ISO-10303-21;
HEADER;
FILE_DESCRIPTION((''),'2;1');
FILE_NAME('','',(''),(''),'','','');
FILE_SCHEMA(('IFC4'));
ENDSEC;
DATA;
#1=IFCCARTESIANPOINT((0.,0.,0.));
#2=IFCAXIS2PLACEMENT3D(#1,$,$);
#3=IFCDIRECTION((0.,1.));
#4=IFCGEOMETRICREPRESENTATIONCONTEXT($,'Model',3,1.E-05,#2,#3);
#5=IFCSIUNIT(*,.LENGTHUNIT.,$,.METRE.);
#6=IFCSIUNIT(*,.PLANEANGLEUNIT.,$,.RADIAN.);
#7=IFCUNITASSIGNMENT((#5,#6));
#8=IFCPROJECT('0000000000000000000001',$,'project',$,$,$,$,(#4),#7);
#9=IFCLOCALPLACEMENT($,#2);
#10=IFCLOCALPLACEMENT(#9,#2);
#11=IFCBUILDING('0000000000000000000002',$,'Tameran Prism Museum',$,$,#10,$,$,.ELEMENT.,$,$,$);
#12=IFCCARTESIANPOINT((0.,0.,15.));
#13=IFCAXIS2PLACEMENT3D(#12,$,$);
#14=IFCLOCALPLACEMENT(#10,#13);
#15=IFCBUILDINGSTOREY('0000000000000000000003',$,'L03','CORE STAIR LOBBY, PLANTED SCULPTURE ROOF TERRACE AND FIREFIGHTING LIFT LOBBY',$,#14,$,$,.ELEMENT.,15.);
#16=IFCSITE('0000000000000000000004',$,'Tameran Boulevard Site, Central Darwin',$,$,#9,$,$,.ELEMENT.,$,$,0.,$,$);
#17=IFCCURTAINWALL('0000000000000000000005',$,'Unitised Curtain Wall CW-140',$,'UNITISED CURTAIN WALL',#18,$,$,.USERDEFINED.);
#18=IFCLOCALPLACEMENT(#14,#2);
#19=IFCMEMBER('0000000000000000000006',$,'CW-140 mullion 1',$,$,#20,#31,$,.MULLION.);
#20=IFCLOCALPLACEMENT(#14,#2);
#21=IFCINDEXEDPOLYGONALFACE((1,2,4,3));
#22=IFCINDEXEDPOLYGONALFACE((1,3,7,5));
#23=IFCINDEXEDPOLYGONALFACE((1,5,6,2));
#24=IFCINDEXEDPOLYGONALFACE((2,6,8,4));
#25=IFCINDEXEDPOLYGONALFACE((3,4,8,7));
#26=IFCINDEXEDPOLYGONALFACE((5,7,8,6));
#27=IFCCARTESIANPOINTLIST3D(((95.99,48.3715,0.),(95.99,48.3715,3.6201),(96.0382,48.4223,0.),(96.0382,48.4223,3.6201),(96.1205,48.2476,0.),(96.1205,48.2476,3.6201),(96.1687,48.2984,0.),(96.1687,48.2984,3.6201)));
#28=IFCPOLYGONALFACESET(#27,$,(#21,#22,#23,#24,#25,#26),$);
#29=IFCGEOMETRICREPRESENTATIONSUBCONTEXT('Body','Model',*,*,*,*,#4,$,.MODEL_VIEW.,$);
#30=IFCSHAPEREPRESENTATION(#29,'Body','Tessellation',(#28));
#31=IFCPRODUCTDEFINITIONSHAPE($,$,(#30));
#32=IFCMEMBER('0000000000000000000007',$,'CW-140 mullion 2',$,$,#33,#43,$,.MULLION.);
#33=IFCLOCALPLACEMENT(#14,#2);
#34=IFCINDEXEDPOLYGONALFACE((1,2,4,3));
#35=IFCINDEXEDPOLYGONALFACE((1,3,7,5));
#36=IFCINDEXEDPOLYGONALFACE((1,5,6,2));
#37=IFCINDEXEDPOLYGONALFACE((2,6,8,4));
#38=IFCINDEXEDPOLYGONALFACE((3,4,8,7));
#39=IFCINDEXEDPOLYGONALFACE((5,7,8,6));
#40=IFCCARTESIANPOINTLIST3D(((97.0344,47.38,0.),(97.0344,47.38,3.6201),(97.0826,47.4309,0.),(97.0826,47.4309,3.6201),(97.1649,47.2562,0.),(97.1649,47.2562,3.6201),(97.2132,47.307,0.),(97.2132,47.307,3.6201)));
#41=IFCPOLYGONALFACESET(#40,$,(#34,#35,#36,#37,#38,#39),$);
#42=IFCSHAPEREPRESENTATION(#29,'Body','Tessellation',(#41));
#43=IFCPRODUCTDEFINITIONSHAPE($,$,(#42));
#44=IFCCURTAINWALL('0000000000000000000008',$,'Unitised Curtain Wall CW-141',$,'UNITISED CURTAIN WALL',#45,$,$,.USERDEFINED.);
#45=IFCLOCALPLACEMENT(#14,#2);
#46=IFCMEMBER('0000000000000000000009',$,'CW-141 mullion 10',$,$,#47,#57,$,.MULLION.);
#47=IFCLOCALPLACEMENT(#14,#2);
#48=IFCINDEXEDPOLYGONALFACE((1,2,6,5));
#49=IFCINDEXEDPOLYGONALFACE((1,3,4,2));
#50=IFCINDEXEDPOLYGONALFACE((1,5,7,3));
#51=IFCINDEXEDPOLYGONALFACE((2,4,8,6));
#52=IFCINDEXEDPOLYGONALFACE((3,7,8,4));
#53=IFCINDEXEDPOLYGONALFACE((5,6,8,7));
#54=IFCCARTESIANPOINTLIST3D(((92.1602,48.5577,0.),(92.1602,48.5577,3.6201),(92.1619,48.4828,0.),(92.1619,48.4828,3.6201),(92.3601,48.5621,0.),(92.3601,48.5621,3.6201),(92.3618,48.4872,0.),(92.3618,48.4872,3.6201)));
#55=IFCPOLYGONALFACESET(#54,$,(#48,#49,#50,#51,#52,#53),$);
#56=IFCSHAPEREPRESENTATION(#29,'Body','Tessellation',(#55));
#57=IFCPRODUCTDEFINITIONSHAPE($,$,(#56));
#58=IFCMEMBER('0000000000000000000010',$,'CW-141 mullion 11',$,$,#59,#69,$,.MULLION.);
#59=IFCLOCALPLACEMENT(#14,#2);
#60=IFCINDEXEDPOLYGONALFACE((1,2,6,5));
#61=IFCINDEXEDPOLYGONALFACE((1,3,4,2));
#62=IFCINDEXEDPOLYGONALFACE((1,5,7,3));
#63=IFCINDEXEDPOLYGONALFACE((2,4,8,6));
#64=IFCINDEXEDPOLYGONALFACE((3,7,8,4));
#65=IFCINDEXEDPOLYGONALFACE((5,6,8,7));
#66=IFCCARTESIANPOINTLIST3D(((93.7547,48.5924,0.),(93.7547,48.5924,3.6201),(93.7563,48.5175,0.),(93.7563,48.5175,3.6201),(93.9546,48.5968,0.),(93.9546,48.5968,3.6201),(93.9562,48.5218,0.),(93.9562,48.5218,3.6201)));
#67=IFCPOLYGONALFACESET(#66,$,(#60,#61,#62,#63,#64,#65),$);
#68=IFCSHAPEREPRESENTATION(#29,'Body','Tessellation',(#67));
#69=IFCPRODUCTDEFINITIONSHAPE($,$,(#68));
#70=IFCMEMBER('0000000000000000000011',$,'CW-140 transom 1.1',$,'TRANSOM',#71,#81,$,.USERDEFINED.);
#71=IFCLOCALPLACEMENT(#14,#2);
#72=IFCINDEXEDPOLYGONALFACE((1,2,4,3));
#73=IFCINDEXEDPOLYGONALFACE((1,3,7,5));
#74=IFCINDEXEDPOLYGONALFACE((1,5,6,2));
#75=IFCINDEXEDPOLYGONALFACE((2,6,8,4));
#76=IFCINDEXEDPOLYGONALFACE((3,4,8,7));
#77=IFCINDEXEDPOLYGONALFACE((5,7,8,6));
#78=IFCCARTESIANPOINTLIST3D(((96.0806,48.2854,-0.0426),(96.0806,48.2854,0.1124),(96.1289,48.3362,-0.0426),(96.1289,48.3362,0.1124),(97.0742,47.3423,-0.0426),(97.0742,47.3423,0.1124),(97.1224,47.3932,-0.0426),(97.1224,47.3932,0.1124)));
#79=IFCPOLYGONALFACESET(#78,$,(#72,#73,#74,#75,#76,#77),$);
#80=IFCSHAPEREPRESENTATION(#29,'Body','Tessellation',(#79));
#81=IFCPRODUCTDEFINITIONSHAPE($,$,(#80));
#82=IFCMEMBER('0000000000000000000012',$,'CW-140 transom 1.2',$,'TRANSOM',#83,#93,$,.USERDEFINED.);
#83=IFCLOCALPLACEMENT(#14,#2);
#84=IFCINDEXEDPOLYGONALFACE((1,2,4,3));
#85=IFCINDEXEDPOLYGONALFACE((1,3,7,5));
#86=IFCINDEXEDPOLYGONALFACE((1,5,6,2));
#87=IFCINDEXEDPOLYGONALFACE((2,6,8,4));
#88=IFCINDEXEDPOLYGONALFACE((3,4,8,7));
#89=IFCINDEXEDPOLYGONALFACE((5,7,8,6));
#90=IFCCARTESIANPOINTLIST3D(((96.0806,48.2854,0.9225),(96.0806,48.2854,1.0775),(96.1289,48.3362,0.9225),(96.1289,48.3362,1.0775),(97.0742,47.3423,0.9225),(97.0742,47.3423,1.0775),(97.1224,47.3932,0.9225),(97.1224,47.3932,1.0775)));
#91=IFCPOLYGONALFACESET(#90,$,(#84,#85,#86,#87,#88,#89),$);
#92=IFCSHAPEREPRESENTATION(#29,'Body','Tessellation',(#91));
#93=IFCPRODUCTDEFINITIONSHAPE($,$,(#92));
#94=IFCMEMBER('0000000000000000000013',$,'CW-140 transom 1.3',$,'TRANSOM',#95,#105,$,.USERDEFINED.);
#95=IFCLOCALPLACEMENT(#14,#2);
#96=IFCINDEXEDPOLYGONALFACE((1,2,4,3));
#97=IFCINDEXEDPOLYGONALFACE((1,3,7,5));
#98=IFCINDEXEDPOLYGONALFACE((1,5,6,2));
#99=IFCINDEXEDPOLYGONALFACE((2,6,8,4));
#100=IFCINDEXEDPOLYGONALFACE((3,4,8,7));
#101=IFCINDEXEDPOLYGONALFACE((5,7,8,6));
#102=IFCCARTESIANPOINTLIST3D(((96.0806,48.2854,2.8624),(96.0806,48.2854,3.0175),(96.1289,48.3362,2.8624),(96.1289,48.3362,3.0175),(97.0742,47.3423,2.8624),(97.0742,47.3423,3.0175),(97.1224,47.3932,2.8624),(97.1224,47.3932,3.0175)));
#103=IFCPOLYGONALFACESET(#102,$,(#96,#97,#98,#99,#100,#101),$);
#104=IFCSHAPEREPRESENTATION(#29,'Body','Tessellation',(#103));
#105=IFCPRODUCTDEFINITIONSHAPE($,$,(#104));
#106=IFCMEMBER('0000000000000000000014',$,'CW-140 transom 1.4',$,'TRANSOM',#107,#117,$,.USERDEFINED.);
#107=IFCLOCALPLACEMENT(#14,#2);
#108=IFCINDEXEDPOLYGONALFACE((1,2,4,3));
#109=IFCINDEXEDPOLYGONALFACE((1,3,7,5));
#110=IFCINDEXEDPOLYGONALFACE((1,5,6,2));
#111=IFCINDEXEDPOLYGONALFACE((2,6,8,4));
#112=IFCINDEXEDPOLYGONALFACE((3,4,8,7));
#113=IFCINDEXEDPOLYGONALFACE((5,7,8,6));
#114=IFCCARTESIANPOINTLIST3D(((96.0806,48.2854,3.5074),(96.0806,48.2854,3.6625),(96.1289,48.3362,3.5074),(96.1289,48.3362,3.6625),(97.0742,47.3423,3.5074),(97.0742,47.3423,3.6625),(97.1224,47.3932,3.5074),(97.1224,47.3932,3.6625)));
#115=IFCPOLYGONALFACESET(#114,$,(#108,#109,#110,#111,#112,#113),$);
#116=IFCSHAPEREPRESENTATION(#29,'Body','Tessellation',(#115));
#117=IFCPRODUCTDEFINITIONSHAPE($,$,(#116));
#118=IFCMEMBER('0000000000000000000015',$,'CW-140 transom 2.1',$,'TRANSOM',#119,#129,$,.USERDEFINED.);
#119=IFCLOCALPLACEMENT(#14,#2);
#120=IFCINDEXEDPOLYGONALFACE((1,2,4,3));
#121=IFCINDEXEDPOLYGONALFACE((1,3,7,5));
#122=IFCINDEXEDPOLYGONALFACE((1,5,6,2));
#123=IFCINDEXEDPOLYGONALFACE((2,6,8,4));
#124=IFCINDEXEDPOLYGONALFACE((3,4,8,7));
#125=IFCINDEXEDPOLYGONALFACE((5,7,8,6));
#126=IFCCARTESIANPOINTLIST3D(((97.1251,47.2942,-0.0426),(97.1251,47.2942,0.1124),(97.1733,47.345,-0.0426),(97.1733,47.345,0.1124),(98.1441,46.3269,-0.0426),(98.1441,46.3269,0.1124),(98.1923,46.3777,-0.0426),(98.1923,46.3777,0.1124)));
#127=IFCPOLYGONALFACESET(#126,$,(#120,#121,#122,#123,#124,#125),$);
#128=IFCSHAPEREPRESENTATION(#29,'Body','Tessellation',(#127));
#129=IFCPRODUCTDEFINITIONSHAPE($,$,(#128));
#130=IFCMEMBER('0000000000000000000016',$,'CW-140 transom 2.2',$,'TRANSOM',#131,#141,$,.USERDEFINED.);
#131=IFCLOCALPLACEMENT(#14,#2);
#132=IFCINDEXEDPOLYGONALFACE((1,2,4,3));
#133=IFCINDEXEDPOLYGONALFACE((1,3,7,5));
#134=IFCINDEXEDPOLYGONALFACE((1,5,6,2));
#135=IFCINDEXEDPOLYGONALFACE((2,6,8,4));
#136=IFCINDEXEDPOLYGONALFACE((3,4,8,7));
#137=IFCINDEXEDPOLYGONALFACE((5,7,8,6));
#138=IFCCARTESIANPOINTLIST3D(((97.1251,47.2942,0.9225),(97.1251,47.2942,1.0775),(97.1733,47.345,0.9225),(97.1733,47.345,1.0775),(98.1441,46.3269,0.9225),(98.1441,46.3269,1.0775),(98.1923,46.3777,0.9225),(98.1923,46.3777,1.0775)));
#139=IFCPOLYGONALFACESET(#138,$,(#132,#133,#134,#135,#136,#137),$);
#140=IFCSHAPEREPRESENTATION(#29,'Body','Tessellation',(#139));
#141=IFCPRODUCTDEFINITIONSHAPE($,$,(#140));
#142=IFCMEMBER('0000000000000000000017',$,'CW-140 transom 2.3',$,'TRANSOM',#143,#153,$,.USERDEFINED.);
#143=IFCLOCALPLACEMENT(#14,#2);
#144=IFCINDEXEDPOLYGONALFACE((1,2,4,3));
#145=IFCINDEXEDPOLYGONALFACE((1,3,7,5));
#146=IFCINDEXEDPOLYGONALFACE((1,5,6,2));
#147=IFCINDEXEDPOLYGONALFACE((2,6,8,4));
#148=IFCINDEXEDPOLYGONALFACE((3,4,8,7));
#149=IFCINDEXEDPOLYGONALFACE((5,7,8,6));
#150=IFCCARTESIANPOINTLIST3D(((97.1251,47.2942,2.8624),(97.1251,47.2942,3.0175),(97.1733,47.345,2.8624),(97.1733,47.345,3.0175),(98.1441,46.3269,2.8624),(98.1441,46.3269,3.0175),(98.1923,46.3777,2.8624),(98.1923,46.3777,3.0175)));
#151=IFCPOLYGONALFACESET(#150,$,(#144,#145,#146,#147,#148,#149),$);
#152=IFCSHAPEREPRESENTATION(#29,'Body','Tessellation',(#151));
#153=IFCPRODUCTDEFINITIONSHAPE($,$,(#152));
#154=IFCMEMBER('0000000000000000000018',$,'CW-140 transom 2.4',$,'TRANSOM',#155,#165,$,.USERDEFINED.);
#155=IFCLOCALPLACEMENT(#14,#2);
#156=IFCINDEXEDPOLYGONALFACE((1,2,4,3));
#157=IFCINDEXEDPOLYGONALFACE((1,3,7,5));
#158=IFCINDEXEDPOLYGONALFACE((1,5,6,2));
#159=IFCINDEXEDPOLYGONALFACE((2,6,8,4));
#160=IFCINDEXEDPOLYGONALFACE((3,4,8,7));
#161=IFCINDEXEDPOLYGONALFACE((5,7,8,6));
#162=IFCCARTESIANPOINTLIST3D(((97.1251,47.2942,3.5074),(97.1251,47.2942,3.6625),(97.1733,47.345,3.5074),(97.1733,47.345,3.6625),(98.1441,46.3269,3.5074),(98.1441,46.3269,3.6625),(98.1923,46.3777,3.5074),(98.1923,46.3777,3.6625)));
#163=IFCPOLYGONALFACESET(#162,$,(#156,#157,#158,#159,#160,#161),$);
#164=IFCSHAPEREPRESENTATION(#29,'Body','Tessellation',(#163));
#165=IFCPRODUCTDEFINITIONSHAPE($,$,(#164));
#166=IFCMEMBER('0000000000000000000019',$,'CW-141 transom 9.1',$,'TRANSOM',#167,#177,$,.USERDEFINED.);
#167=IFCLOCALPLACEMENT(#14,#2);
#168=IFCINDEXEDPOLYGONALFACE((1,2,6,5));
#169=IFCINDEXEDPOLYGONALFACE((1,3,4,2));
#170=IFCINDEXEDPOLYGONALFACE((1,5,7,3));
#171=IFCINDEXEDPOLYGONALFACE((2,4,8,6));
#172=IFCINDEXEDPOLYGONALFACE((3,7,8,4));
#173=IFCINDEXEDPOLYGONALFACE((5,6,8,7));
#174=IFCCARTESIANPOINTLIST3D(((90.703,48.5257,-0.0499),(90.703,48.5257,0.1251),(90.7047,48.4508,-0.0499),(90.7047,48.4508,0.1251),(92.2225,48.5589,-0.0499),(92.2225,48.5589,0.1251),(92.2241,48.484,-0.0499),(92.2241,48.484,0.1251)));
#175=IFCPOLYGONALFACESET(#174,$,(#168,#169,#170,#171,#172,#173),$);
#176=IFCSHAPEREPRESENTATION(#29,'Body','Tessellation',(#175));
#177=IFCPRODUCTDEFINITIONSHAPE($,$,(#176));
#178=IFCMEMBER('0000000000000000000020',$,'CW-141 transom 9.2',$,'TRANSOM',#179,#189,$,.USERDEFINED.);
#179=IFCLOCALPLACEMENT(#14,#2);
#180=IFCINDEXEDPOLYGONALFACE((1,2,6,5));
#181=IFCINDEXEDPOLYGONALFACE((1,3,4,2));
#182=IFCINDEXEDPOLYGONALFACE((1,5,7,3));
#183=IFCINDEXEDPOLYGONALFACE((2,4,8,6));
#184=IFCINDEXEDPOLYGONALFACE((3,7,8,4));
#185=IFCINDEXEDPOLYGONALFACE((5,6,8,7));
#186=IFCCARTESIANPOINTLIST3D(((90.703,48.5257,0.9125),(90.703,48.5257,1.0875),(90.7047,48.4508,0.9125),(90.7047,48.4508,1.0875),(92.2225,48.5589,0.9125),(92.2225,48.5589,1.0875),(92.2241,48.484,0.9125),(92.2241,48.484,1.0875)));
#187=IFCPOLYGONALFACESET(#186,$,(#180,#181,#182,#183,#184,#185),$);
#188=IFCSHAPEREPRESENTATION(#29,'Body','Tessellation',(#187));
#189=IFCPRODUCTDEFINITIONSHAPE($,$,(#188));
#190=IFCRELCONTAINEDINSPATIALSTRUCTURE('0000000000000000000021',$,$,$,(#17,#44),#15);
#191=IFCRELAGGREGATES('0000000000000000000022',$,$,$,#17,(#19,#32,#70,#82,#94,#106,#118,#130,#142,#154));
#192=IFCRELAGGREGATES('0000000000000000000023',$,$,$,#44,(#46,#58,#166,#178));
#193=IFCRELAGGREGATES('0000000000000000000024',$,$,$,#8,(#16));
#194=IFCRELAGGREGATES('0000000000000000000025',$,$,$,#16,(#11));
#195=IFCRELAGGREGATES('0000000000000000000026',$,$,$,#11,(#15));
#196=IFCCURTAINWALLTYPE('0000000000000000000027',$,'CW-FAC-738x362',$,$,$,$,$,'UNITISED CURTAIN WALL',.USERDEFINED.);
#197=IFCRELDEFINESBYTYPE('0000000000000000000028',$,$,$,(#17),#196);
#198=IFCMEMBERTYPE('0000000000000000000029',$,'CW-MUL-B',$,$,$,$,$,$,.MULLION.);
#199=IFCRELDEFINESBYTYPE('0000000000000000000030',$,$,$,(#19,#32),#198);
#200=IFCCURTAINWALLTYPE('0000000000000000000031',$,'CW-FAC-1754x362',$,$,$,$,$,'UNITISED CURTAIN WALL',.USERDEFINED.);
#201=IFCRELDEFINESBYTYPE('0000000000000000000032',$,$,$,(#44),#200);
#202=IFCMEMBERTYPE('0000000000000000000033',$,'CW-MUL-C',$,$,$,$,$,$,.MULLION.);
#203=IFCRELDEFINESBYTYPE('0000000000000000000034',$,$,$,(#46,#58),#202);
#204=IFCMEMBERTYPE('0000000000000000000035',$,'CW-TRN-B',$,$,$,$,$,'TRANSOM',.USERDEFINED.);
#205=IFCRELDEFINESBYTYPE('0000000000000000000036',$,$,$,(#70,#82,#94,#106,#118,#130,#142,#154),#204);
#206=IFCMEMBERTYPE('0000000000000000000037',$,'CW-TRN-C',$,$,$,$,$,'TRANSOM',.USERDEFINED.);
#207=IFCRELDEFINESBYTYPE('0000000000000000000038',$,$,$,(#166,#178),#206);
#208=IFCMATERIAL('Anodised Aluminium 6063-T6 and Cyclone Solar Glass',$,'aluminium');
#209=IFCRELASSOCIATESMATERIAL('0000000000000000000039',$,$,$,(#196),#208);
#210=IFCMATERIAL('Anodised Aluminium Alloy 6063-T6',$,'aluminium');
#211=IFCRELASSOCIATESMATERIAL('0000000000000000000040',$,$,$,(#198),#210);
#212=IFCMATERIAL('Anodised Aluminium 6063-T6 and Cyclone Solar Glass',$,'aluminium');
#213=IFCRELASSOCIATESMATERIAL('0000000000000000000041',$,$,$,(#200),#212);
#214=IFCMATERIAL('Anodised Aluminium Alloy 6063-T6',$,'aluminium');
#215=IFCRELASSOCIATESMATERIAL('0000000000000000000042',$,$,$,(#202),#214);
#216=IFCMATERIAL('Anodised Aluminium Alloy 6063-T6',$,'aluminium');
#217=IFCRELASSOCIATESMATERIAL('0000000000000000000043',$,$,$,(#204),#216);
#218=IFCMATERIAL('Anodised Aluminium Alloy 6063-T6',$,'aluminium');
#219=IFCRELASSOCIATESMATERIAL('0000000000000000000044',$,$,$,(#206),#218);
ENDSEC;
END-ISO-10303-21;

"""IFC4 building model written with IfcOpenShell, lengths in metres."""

from ifc_helpers import new_model, si_unit, direction, frame, origin, origin_2d, place, context, subcontext, project, spatial, rectangle, extrude, material, material_profile, profile_set, type_object, element, aggregate, save


model = new_model("IFC4")

# Units and contexts
model_context = context("Model", 3, precision=1e-05, world=origin(), true_north=direction((0.0, 1.0)))
body_context = subcontext(model_context, "Body", "Model", "MODEL_VIEW")
ifc_project = project(units=[si_unit("LENGTHUNIT", "METRE"), si_unit("PLANEANGLEUNIT", "RADIAN")], contexts=[model_context])

# Site, building, storey
site_placement = place(None, origin())
site = spatial("IfcSite", under=ifc_project, at=site_placement, Name="Tameran Boulevard Site, Central Darwin", CompositionType="ELEMENT", RefElevation=0.0)
building_placement = place(site_placement, origin())
building = spatial("IfcBuilding", under=site, at=building_placement, Name="Tameran Prism Museum", CompositionType="ELEMENT")
storey_placement = place(building_placement, frame((0.0, 0.0, 15.0)))
storey = spatial("IfcBuildingStorey", under=building, at=storey_placement, Name="L03", Description="CORE STAIR LOBBY, PLANTED SCULPTURE ROOF TERRACE AND FIREFIGHTING LIFT LOBBY", CompositionType="ELEMENT", Elevation=15.0)

# Curtain walls, members
ifc_material_1 = material(Name="Anodised Aluminium 6063-T6 and Cyclone Solar Glass", Category="aluminium")
curtain_wall_type_1 = type_object("IfcCurtainWallType", Name="CW-FAC-738x362", ElementType="UNITISED CURTAIN WALL", PredefinedType="USERDEFINED", material=ifc_material_1)
curtain_wall_1_placement = place(storey_placement, origin())
curtain_wall_1 = element("IfcCurtainWall", 1, at=curtain_wall_1_placement, inside=storey, type_object=curtain_wall_type_1, Name="Unitised Curtain Wall CW-140", ObjectType="UNITISED CURTAIN WALL", PredefinedType="USERDEFINED")
ifc_material_2 = material(Name="Anodised Aluminium Alloy 6063-T6", Category="aluminium")
ifc_material_profile_1 = material_profile(ifc_material_2, rectangle(XDim=0.0701, YDim=0.1799, at=origin_2d()))
ifc_profile_set_1 = profile_set([ifc_material_profile_1])
member_type_1 = type_object("IfcMemberType", Name="CW-MUL-B", PredefinedType="MULLION", material=ifc_profile_set_1)
member_1_placement = place(storey_placement, frame((96.0793, 48.335, 0.0), z_axis=(0.0, 0.0, 1.0), x_axis=(0.688425, 0.725307, 0.0)))
member_1 = element("IfcMember", 2, at=member_1_placement, type_object=member_type_1, Name="CW-140 mullion 1", PredefinedType="MULLION", context=body_context, shape_type="SweptSolid", body=[
    extrude(rectangle(XDim=0.0701, YDim=0.1799, at=origin_2d()), origin(), (0.0, 0.0, 1.0), 3.6201),
])
member_2_placement = place(storey_placement, frame((97.1238, 47.3435, 0.0), z_axis=(0.0, 0.0, 1.0), x_axis=(0.688425, 0.725307, 0.0)))
member_2 = element("IfcMember", 3, at=member_2_placement, type_object=member_type_1, Name="CW-140 mullion 2", PredefinedType="MULLION", context=body_context, shape_type="SweptSolid", body=[
    extrude(rectangle(XDim=0.0701, YDim=0.1799, at=origin_2d()), origin(), (0.0, 0.0, 1.0), 3.6201),
])
ifc_material_3 = material(Name="Anodised Aluminium 6063-T6 and Cyclone Solar Glass", Category="aluminium")
curtain_wall_type_2 = type_object("IfcCurtainWallType", Name="CW-FAC-1754x362", ElementType="UNITISED CURTAIN WALL", PredefinedType="USERDEFINED", material=ifc_material_3)
curtain_wall_2_placement = place(storey_placement, origin())
curtain_wall_2 = element("IfcCurtainWall", 4, at=curtain_wall_2_placement, inside=storey, type_object=curtain_wall_type_2, Name="Unitised Curtain Wall CW-141", ObjectType="UNITISED CURTAIN WALL", PredefinedType="USERDEFINED")
ifc_material_4 = material(Name="Anodised Aluminium Alloy 6063-T6", Category="aluminium")
ifc_material_profile_2 = material_profile(ifc_material_4, rectangle(XDim=0.075, YDim=0.2, at=origin_2d()))
ifc_profile_set_2 = profile_set([ifc_material_profile_2])
member_type_2 = type_object("IfcMemberType", Name="CW-MUL-C", PredefinedType="MULLION", material=ifc_profile_set_2)
member_3_placement = place(storey_placement, frame((92.261, 48.5225, 0.0), z_axis=(0.0, 0.0, 1.0), x_axis=(-0.021831, 0.999762, 0.0)))
member_3 = element("IfcMember", 5, at=member_3_placement, type_object=member_type_2, Name="CW-141 mullion 10", PredefinedType="MULLION", context=body_context, shape_type="SweptSolid", body=[
    extrude(rectangle(XDim=0.075, YDim=0.2, at=origin_2d()), origin(), (0.0, 0.0, 1.0), 3.6201),
])
member_4_placement = place(storey_placement, frame((93.8555, 48.5571, 0.0), z_axis=(0.0, 0.0, 1.0), x_axis=(-0.021831, 0.999762, 0.0)))
member_4 = element("IfcMember", 6, at=member_4_placement, type_object=member_type_2, Name="CW-141 mullion 11", PredefinedType="MULLION", context=body_context, shape_type="SweptSolid", body=[
    extrude(rectangle(XDim=0.075, YDim=0.2, at=origin_2d()), origin(), (0.0, 0.0, 1.0), 3.6201),
])

# Members
ifc_material_5 = material(Name="Anodised Aluminium Alloy 6063-T6", Category="aluminium")
ifc_material_profile_3 = material_profile(ifc_material_5, rectangle(XDim=0.0701, YDim=0.155, at=origin_2d()))
ifc_profile_set_3 = profile_set([ifc_material_profile_3])
member_type_3 = type_object("IfcMemberType", Name="CW-TRN-B", ElementType="TRANSOM", PredefinedType="USERDEFINED", material=ifc_profile_set_3)
member_5_placement = place(storey_placement, frame((96.1047, 48.3108, 0.0349), z_axis=(0.725311, -0.688422, 0.0), x_axis=(0.688422, 0.725311, 0.0)))
member_5 = element("IfcMember", 7, at=member_5_placement, type_object=member_type_3, Name="CW-140 transom 1.1", ObjectType="TRANSOM", PredefinedType="USERDEFINED", context=body_context, shape_type="SweptSolid", body=[
    extrude(rectangle(XDim=0.0701, YDim=0.155, at=origin_2d()), origin(), (0.0, 0.0, 1.0), 1.3699),
])
member_6_placement = place(storey_placement, frame((96.1047, 48.3108, 1.0), z_axis=(0.725311, -0.688422, 0.0), x_axis=(0.688422, 0.725311, 0.0)))
member_6 = element("IfcMember", 8, at=member_6_placement, type_object=member_type_3, Name="CW-140 transom 1.2", ObjectType="TRANSOM", PredefinedType="USERDEFINED", context=body_context, shape_type="SweptSolid", body=[
    extrude(rectangle(XDim=0.0701, YDim=0.155, at=origin_2d()), origin(), (0.0, 0.0, 1.0), 1.3699),
])
member_7_placement = place(storey_placement, frame((96.1047, 48.3108, 2.9399), z_axis=(0.725311, -0.688422, 0.0), x_axis=(0.688422, 0.725311, 0.0)))
member_7 = element("IfcMember", 9, at=member_7_placement, type_object=member_type_3, Name="CW-140 transom 1.3", ObjectType="TRANSOM", PredefinedType="USERDEFINED", context=body_context, shape_type="SweptSolid", body=[
    extrude(rectangle(XDim=0.0701, YDim=0.155, at=origin_2d()), origin(), (0.0, 0.0, 1.0), 1.3699),
])
member_8_placement = place(storey_placement, frame((96.1047, 48.3108, 3.585), z_axis=(0.725311, -0.688422, 0.0), x_axis=(0.688422, 0.725311, 0.0)))
member_8 = element("IfcMember", 10, at=member_8_placement, type_object=member_type_3, Name="CW-140 transom 1.4", ObjectType="TRANSOM", PredefinedType="USERDEFINED", context=body_context, shape_type="SweptSolid", body=[
    extrude(rectangle(XDim=0.0701, YDim=0.155, at=origin_2d()), origin(), (0.0, 0.0, 1.0), 1.3699),
])
member_9_placement = place(storey_placement, frame((97.1492, 47.3196, 0.0349), z_axis=(0.725286, -0.688448, 0.0), x_axis=(0.688448, 0.725286, 0.0)))
member_9 = element("IfcMember", 11, at=member_9_placement, type_object=member_type_3, Name="CW-140 transom 2.1", ObjectType="TRANSOM", PredefinedType="USERDEFINED", context=body_context, shape_type="SweptSolid", body=[
    extrude(rectangle(XDim=0.0701, YDim=0.155, at=origin_2d()), origin(), (0.0, 0.0, 1.0), 1.405),
])
member_10_placement = place(storey_placement, frame((97.1492, 47.3196, 1.0), z_axis=(0.725286, -0.688448, 0.0), x_axis=(0.688448, 0.725286, 0.0)))
member_10 = element("IfcMember", 12, at=member_10_placement, type_object=member_type_3, Name="CW-140 transom 2.2", ObjectType="TRANSOM", PredefinedType="USERDEFINED", context=body_context, shape_type="SweptSolid", body=[
    extrude(rectangle(XDim=0.0701, YDim=0.155, at=origin_2d()), origin(), (0.0, 0.0, 1.0), 1.405),
])
member_11_placement = place(storey_placement, frame((97.1492, 47.3196, 2.9399), z_axis=(0.725286, -0.688448, 0.0), x_axis=(0.688448, 0.725286, 0.0)))
member_11 = element("IfcMember", 13, at=member_11_placement, type_object=member_type_3, Name="CW-140 transom 2.3", ObjectType="TRANSOM", PredefinedType="USERDEFINED", context=body_context, shape_type="SweptSolid", body=[
    extrude(rectangle(XDim=0.0701, YDim=0.155, at=origin_2d()), origin(), (0.0, 0.0, 1.0), 1.405),
])
member_12_placement = place(storey_placement, frame((97.1492, 47.3196, 3.585), z_axis=(0.725286, -0.688448, 0.0), x_axis=(0.688448, 0.725286, 0.0)))
member_12 = element("IfcMember", 14, at=member_12_placement, type_object=member_type_3, Name="CW-140 transom 2.4", ObjectType="TRANSOM", PredefinedType="USERDEFINED", context=body_context, shape_type="SweptSolid", body=[
    extrude(rectangle(XDim=0.0701, YDim=0.155, at=origin_2d()), origin(), (0.0, 0.0, 1.0), 1.405),
])
ifc_material_6 = material(Name="Anodised Aluminium Alloy 6063-T6", Category="aluminium")
ifc_material_profile_4 = material_profile(ifc_material_6, rectangle(XDim=0.075, YDim=0.175, at=origin_2d()))
ifc_profile_set_4 = profile_set([ifc_material_profile_4])
member_type_4 = type_object("IfcMemberType", Name="CW-TRN-C", ElementType="TRANSOM", PredefinedType="USERDEFINED", material=ifc_profile_set_4)
member_13_placement = place(storey_placement, frame((90.7039, 48.4883, 0.0376), z_axis=(0.999761, 0.021846, 0.0), x_axis=(-0.021846, 0.999761, 0.0)))
member_13 = element("IfcMember", 15, at=member_13_placement, type_object=member_type_4, Name="CW-141 transom 9.1", ObjectType="TRANSOM", PredefinedType="USERDEFINED", context=body_context, shape_type="SweptSolid", body=[
    extrude(rectangle(XDim=0.075, YDim=0.175, at=origin_2d()), origin(), (0.0, 0.0, 1.0), 1.5198),
])
member_14_placement = place(storey_placement, frame((90.7039, 48.4883, 1.0), z_axis=(0.999761, 0.021846, 0.0), x_axis=(-0.021846, 0.999761, 0.0)))
member_14 = element("IfcMember", 16, at=member_14_placement, type_object=member_type_4, Name="CW-141 transom 9.2", ObjectType="TRANSOM", PredefinedType="USERDEFINED", context=body_context, shape_type="SweptSolid", body=[
    extrude(rectangle(XDim=0.075, YDim=0.175, at=origin_2d()), origin(), (0.0, 0.0, 1.0), 1.5198),
])

aggregate(curtain_wall_1, [member_1, member_2, member_5, member_6, member_7, member_8, member_9, member_10, member_11, member_12])
aggregate(curtain_wall_2, [member_3, member_4, member_13, member_14])

save(model, "model.ifc")
